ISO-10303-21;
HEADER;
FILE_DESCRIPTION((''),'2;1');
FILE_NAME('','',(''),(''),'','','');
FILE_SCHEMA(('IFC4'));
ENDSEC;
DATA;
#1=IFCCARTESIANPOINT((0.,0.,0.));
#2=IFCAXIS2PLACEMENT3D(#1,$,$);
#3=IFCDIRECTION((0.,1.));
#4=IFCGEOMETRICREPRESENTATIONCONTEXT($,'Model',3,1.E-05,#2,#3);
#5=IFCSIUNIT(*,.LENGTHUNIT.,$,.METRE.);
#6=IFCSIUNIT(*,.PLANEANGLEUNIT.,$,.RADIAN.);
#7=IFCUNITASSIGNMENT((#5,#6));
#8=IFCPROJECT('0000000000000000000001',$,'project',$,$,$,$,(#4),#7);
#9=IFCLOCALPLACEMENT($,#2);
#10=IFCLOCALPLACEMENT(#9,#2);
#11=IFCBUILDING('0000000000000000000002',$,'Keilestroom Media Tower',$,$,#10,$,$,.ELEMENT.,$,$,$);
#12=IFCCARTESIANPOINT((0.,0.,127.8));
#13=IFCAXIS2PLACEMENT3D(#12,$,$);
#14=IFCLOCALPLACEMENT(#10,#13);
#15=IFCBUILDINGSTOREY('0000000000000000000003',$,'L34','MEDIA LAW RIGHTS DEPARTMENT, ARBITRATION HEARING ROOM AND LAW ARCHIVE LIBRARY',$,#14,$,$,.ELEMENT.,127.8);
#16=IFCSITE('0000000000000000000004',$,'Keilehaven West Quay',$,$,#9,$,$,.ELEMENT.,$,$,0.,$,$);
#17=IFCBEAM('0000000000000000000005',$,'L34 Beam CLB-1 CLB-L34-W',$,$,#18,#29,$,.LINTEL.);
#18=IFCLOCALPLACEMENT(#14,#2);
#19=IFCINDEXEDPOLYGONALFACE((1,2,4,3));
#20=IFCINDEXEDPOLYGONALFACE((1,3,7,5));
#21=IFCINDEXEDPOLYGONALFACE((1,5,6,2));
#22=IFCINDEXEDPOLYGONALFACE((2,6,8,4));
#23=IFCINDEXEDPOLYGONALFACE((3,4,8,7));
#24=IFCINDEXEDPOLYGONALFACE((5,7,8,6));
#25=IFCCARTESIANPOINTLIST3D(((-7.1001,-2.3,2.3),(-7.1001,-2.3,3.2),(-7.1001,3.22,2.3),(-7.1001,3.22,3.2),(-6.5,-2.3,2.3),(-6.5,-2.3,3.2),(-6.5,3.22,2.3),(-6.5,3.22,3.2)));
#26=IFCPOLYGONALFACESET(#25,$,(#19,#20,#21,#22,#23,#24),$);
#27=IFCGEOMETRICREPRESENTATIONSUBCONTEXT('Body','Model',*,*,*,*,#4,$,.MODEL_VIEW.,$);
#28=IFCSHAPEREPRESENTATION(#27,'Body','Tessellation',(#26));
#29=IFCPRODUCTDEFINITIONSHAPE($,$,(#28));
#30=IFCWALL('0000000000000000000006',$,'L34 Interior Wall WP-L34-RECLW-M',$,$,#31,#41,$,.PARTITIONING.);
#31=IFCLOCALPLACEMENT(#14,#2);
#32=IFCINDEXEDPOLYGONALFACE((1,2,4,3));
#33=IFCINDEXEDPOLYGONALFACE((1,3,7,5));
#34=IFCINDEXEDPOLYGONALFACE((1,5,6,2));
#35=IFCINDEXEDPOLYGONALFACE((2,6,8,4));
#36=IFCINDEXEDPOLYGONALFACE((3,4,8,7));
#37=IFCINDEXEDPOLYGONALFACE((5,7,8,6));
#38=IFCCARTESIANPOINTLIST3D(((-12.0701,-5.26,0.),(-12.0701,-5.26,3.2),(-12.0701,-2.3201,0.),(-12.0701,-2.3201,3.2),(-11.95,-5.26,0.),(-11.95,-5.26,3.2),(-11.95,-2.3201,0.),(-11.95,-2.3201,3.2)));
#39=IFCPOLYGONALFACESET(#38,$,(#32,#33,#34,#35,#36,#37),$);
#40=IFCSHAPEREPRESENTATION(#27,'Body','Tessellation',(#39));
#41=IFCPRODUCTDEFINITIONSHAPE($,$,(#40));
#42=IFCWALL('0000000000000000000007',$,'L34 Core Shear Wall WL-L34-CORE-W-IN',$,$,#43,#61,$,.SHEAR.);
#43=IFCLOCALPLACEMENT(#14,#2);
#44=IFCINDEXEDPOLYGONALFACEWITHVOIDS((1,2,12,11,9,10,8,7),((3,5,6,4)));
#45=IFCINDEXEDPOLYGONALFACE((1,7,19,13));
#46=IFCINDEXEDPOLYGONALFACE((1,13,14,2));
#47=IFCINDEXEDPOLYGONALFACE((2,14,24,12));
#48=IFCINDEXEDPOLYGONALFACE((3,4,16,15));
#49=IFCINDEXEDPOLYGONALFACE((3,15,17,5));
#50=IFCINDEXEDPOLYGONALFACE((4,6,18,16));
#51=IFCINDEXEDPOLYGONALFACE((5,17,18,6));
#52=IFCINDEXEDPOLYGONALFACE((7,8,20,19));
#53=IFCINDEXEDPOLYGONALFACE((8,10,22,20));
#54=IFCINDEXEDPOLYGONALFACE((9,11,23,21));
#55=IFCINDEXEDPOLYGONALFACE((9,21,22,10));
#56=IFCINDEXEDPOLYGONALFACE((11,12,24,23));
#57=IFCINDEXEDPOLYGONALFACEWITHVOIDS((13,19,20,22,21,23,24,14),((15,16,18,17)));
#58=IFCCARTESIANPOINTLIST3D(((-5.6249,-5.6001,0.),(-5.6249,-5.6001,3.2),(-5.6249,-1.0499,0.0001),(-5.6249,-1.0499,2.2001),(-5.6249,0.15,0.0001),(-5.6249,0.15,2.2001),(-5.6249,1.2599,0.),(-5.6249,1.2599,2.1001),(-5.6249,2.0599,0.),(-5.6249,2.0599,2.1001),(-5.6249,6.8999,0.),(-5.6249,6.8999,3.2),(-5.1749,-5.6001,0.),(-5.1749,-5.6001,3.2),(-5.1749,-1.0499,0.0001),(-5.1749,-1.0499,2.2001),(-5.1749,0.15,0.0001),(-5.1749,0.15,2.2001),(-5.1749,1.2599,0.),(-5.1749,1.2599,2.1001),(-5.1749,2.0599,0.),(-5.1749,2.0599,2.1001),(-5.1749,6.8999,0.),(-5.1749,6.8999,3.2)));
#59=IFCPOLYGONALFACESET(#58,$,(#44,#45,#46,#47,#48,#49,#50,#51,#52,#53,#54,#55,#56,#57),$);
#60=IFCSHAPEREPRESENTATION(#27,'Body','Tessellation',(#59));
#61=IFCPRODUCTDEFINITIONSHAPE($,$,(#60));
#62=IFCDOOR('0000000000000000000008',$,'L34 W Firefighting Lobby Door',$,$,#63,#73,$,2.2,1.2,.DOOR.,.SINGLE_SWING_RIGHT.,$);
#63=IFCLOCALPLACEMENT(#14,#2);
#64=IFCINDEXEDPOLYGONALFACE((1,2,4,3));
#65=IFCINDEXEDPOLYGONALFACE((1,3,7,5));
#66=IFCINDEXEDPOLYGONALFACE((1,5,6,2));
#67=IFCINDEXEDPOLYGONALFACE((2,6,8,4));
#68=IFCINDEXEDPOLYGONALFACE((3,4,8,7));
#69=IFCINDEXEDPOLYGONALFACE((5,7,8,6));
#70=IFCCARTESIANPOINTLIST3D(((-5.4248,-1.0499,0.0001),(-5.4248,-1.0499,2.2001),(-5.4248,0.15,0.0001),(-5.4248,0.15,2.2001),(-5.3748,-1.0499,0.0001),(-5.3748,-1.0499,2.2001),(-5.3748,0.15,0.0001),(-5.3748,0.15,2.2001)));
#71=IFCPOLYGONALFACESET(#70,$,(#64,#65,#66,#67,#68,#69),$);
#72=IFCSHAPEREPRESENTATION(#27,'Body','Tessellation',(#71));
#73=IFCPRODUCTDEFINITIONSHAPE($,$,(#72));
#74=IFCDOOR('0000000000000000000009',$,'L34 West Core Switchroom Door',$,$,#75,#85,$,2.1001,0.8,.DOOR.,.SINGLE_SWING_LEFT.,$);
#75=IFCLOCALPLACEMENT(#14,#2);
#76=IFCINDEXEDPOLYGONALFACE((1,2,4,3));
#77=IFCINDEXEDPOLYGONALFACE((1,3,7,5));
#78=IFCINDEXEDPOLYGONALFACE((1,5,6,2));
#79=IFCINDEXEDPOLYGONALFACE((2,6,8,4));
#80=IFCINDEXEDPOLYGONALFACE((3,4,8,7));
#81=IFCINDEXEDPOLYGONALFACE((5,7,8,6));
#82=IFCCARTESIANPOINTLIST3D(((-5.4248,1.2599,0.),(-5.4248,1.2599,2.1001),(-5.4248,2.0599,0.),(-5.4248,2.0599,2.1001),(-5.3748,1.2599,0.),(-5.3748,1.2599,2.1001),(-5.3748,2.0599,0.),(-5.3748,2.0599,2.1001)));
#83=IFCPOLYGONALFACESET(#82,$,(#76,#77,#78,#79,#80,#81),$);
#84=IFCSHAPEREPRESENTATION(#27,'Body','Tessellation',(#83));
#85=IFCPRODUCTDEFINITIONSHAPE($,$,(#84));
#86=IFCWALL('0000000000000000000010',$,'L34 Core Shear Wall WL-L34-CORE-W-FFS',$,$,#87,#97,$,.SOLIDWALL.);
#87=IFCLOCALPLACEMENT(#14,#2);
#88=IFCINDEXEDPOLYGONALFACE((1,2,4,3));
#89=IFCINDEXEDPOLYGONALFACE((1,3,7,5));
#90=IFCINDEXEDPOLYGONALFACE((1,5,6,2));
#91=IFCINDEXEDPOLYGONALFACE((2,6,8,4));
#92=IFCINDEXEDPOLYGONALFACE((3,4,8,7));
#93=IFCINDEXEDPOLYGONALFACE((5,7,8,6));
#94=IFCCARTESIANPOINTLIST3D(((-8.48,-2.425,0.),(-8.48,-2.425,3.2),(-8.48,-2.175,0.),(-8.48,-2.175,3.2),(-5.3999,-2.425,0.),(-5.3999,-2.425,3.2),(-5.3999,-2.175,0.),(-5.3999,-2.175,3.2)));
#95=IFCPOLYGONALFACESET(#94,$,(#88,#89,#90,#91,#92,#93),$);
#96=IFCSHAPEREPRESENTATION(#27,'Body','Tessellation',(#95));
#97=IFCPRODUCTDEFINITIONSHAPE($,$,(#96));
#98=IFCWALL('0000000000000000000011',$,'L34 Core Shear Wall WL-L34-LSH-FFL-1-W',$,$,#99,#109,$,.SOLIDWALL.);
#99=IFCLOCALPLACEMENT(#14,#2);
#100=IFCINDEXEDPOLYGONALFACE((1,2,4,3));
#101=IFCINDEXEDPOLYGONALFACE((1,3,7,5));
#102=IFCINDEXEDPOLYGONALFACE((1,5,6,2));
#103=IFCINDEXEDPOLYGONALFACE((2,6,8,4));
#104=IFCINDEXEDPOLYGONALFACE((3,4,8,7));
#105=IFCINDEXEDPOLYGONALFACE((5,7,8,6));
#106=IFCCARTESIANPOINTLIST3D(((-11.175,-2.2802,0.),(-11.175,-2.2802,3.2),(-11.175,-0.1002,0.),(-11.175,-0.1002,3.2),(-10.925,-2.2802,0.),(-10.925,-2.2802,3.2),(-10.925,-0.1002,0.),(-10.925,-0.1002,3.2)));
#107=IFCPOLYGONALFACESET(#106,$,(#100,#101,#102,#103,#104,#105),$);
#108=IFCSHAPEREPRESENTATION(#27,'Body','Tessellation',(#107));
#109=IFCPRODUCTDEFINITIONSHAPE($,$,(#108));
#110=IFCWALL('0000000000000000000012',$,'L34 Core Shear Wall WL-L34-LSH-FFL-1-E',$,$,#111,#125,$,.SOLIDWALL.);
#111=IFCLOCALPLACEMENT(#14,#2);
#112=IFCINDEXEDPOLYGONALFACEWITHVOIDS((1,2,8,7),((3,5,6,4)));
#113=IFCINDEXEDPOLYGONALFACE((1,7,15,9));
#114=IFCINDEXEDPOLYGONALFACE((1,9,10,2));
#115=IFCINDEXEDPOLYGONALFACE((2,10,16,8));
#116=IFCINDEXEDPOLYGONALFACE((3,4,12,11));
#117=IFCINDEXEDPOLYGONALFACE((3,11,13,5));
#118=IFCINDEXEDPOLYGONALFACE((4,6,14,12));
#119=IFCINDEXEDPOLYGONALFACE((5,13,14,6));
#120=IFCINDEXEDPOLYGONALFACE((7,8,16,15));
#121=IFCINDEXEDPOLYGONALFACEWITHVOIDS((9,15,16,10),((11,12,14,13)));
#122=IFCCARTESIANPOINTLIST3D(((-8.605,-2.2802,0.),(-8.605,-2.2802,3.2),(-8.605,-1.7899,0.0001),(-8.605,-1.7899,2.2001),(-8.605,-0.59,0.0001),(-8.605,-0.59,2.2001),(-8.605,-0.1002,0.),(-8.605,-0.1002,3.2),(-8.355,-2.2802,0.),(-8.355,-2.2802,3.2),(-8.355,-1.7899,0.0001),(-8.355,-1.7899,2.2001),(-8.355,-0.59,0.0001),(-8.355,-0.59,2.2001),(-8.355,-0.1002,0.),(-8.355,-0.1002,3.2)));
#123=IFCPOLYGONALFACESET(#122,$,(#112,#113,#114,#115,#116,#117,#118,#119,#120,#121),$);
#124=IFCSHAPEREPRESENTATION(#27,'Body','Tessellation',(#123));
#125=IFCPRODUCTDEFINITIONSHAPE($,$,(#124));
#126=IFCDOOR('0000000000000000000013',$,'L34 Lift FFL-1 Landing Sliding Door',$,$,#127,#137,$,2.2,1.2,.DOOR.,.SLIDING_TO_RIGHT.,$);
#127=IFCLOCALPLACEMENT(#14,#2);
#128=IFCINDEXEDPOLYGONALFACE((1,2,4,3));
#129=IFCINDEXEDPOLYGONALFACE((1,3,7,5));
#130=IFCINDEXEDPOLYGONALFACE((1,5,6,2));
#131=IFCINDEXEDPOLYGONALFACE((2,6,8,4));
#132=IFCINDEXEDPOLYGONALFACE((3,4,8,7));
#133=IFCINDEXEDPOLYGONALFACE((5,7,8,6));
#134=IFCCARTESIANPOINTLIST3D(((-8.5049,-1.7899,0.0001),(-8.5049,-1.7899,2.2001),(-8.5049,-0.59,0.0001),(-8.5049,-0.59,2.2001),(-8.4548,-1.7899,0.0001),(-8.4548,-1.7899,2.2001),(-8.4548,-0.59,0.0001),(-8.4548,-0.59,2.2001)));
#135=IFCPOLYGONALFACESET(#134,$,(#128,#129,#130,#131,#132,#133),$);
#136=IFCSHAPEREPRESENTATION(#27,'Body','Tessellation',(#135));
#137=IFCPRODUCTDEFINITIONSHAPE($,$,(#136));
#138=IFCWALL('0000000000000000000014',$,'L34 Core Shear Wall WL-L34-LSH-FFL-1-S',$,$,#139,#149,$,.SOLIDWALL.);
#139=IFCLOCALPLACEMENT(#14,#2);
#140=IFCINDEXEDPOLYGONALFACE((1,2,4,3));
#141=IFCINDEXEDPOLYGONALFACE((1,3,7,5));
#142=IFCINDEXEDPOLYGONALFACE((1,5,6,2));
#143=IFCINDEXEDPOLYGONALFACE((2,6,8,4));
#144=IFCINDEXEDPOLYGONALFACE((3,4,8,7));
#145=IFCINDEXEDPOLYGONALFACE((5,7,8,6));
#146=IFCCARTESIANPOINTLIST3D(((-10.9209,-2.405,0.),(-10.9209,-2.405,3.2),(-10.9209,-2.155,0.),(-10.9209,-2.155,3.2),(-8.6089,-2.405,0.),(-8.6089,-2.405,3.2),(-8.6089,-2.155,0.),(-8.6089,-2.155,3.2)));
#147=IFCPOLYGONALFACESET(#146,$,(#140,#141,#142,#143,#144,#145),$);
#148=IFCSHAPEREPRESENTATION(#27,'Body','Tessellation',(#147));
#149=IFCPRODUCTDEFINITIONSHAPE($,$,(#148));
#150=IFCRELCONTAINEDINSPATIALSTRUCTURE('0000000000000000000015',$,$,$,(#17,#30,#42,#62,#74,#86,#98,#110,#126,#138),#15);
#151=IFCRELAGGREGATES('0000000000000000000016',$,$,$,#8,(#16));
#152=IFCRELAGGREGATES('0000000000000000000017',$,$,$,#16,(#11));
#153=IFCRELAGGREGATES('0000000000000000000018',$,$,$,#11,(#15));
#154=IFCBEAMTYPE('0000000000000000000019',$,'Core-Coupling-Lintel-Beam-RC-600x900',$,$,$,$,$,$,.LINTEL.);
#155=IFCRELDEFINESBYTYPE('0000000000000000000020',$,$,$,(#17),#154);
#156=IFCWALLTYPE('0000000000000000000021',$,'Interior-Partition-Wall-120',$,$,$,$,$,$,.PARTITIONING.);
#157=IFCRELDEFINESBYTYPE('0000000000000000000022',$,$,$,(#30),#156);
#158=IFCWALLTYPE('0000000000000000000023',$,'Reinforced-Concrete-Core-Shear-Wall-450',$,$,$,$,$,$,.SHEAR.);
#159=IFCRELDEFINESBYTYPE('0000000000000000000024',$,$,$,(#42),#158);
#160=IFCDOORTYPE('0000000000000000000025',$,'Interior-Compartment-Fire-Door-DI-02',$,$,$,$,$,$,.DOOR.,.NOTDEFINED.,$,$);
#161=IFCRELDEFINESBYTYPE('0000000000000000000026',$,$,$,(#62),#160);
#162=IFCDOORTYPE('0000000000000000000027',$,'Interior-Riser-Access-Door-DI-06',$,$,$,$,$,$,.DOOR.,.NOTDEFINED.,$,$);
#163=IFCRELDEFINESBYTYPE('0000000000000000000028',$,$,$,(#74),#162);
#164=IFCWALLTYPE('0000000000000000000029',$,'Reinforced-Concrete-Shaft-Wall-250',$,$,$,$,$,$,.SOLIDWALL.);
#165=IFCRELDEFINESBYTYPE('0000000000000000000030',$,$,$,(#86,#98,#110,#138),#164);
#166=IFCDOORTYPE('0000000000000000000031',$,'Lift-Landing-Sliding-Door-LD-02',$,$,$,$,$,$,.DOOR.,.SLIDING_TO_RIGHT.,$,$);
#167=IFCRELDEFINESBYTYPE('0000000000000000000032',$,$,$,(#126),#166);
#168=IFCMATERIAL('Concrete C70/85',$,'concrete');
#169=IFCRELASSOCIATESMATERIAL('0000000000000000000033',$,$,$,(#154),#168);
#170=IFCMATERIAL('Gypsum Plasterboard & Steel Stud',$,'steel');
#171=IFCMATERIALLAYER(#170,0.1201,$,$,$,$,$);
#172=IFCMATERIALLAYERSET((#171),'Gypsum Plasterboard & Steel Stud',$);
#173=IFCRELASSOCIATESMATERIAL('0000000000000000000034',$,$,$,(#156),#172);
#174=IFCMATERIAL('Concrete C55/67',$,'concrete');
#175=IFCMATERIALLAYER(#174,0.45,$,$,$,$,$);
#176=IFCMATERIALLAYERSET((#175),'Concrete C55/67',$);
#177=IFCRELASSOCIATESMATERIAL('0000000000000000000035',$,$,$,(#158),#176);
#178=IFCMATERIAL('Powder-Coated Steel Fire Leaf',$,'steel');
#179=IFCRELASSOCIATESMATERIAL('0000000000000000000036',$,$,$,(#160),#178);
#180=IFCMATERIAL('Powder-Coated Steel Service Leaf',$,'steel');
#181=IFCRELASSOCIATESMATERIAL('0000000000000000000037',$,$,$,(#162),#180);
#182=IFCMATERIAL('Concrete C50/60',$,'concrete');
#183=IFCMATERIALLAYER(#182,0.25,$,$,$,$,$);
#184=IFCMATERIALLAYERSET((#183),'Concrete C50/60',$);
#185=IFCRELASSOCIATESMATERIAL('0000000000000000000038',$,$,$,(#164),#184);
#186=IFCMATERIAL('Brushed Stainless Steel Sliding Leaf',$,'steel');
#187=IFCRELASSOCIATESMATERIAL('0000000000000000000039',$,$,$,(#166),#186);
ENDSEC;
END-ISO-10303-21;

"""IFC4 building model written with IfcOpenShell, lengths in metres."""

from ifc_helpers import new_model, si_unit, direction, frame, frame_2d, origin, origin_2d, place, context, subcontext, project, spatial, rectangle, extrude, source, transform, mapped, material, layer, layer_set, material_profile, profile_set, type_object, element, fill, save


model = new_model("IFC4")

# Units and contexts
model_context = context("Model", 3, precision=1e-05, world=origin(), true_north=direction((0.0, 1.0)))
body_context = subcontext(model_context, "Body", "Model", "MODEL_VIEW")
ifc_project = project(units=[si_unit("LENGTHUNIT", "METRE"), si_unit("PLANEANGLEUNIT", "RADIAN")], contexts=[model_context])

# Site, building, storey
site_placement = place(None, origin())
site = spatial("IfcSite", under=ifc_project, at=site_placement, Name="Keilehaven West Quay", CompositionType="ELEMENT", RefElevation=0.0)
building_placement = place(site_placement, origin())
building = spatial("IfcBuilding", under=site, at=building_placement, Name="Keilestroom Media Tower", CompositionType="ELEMENT")
storey_placement = place(building_placement, frame((0.0, 0.0, 127.8)))
storey = spatial("IfcBuildingStorey", under=building, at=storey_placement, Name="L34", Description="MEDIA LAW RIGHTS DEPARTMENT, ARBITRATION HEARING ROOM AND LAW ARCHIVE LIBRARY", CompositionType="ELEMENT", Elevation=127.8)

# Beam
ifc_material_1 = material(Name="Concrete C70/85", Category="concrete")
ifc_material_profile = material_profile(ifc_material_1, rectangle(XDim=0.6001, YDim=0.8999, at=origin_2d()), Name="RC 600x900")
ifc_profile_set = profile_set([ifc_material_profile], Name="Concrete C70/85")
beam_type = type_object("IfcBeamType", Name="Core-Coupling-Lintel-Beam-RC-600x900", PredefinedType="LINTEL", material=ifc_profile_set)
shared_shape_1 = source(origin(), body_context, "Body", "SweptSolid", [
    extrude(rectangle(XDim=0.6001, YDim=0.8999, at=origin_2d()), origin(), (0.0, 0.0, 1.0), 5.52),
])
beam_placement = place(storey_placement, frame((-6.8, -2.3, 2.75), z_axis=(0.0, 1.0, 0.0), x_axis=(-1.0, 0.0, 0.0)))
element("IfcBeam", 1, at=beam_placement, inside=storey, type_object=beam_type, Name="L34 Beam CLB-1 CLB-L34-W", PredefinedType="LINTEL", context=body_context, shape_type="MappedRepresentation", body=[
    mapped(shared_shape_1, transform((0.0, 0.0, 0.0), x_axis=(1.0, 0.0, 0.0), y_axis=(0.0, 1.0, 0.0), z_axis=(0.0, 0.0, 1.0), scale=1.0)),
])

# Wall
ifc_material_2 = material(Name="Gypsum Plasterboard & Steel Stud", Category="steel")
ifc_layer_1 = layer(ifc_material_2, 0.1201)
ifc_layer_set_1 = layer_set([ifc_layer_1], Name="Gypsum Plasterboard & Steel Stud")
wall_type_1 = type_object("IfcWallType", Name="Interior-Partition-Wall-120", PredefinedType="PARTITIONING", material=ifc_layer_set_1)
wall_1_placement = place(storey_placement, frame((-12.01, -5.26, 0.0), z_axis=(0.0, 0.0, 1.0), x_axis=(0.0, 1.0, 0.0)))
element("IfcWall", 2, at=wall_1_placement, inside=storey, type_object=wall_type_1, Name="L34 Interior Wall WP-L34-RECLW-M", PredefinedType="PARTITIONING", context=body_context, shape_type="SweptSolid", body=[
    extrude(rectangle(XDim=2.9399, YDim=0.1201, at=frame_2d((1.47, 0.0))), origin(), (0.0, 0.0, 1.0), 3.2),
])

# Wall, openings, doors
ifc_material_3 = material(Name="Concrete C55/67", Category="concrete")
ifc_layer_2 = layer(ifc_material_3, 0.45)
ifc_layer_set_2 = layer_set([ifc_layer_2], Name="Concrete C55/67")
wall_type_2 = type_object("IfcWallType", Name="Reinforced-Concrete-Core-Shear-Wall-450", PredefinedType="SHEAR", material=ifc_layer_set_2)
wall_2_placement = place(storey_placement, frame((-5.3999, -5.6001, 0.0), z_axis=(0.0, 0.0, 1.0), x_axis=(0.0, 1.0, 0.0)))
wall_2 = element("IfcWall", 3, at=wall_2_placement, inside=storey, type_object=wall_type_2, Name="L34 Core Shear Wall WL-L34-CORE-W-IN", PredefinedType="SHEAR", context=body_context, shape_type="SweptSolid", body=[
    extrude(rectangle(XDim=12.5, YDim=0.45, at=frame_2d((6.25, 0.0))), origin(), (0.0, 0.0, 1.0), 3.2),
])
opening_1_placement = place(wall_2_placement, frame((4.55, 0.0, 0.0)))
opening_1 = element("IfcOpeningElement", 4, at=opening_1_placement, cuts=wall_2, PredefinedType="OPENING", context=body_context, shape_type="SweptSolid", body=[
    extrude(rectangle(XDim=1.2, YDim=2.2, at=frame_2d((0.6001, 1.1001))), frame((0.0, 0.2349, 0.0), z_axis=(0.0, -1.0, 0.0), x_axis=(1.0, 0.0, 0.0)), (0.0, 0.0, 1.0), 0.47),
])
opening_2_placement = place(wall_2_placement, frame((6.8601, 0.0, 0.0)))
opening_2 = element("IfcOpeningElement", 5, at=opening_2_placement, cuts=wall_2, PredefinedType="OPENING", context=body_context, shape_type="SweptSolid", body=[
    extrude(rectangle(XDim=0.8, YDim=2.1001, at=frame_2d((0.3999, 1.05))), frame((0.0, 0.2349, 0.0), z_axis=(0.0, -1.0, 0.0), x_axis=(1.0, 0.0, 0.0)), (0.0, 0.0, 1.0), 0.47),
])
ifc_material_4 = material(Name="Powder-Coated Steel Fire Leaf", Category="steel")
door_type_1 = type_object("IfcDoorType", Name="Interior-Compartment-Fire-Door-DI-02", OperationType="NOTDEFINED", PredefinedType="DOOR", material=ifc_material_4)
shared_shape_2 = source(origin(), body_context, "Body", "SweptSolid", [
    extrude(rectangle(XDim=1.2, YDim=2.2, at=frame_2d((0.6001, 1.1001))), frame((0.0, 0.0249, 0.0), z_axis=(0.0, -1.0, 0.0), x_axis=(1.0, 0.0, 0.0)), (0.0, 0.0, 1.0), 0.05),
])
door_1_placement = place(opening_1_placement, origin())
door_1 = element("IfcDoor", 6, at=door_1_placement, inside=storey, type_object=door_type_1, Name="L34 W Firefighting Lobby Door", OperationType="SINGLE_SWING_RIGHT", OverallHeight=2.2, OverallWidth=1.2, PredefinedType="DOOR", context=body_context, shape_type="MappedRepresentation", body=[
    mapped(shared_shape_2, transform((0.0, 0.0, 0.0), x_axis=(1.0, 0.0, 0.0), y_axis=(0.0, 1.0, 0.0), z_axis=(0.0, 0.0, 1.0), scale=1.0)),
])
fill(opening_1, door_1)
ifc_material_5 = material(Name="Powder-Coated Steel Service Leaf", Category="steel")
door_type_2 = type_object("IfcDoorType", Name="Interior-Riser-Access-Door-DI-06", OperationType="NOTDEFINED", PredefinedType="DOOR", material=ifc_material_5)
shared_shape_3 = source(origin(), body_context, "Body", "SweptSolid", [
    extrude(rectangle(XDim=0.8, YDim=2.1001, at=frame_2d((0.3999, 1.05))), frame((0.0, 0.0249, 0.0), z_axis=(0.0, -1.0, 0.0), x_axis=(1.0, 0.0, 0.0)), (0.0, 0.0, 1.0), 0.05),
])
door_2_placement = place(opening_2_placement, origin())
door_2 = element("IfcDoor", 7, at=door_2_placement, inside=storey, type_object=door_type_2, Name="L34 West Core Switchroom Door", OperationType="SINGLE_SWING_LEFT", OverallHeight=2.1001, OverallWidth=0.8, PredefinedType="DOOR", context=body_context, shape_type="MappedRepresentation", body=[
    mapped(shared_shape_3, transform((0.0, 0.0, 0.0), x_axis=(1.0, 0.0, 0.0), y_axis=(0.0, 1.0, 0.0), z_axis=(0.0, 0.0, 1.0), scale=1.0)),
])
fill(opening_2, door_2)

# Walls
ifc_material_6 = material(Name="Concrete C50/60", Category="concrete")
ifc_layer_3 = layer(ifc_material_6, 0.25)
ifc_layer_set_3 = layer_set([ifc_layer_3], Name="Concrete C50/60")
wall_type_3 = type_object("IfcWallType", Name="Reinforced-Concrete-Shaft-Wall-250", PredefinedType="SOLIDWALL", material=ifc_layer_set_3)
wall_3_placement = place(storey_placement, frame((-8.48, -2.3, 0.0), z_axis=(0.0, 0.0, 1.0), x_axis=(1.0, 0.0, 0.0)))
element("IfcWall", 8, at=wall_3_placement, inside=storey, type_object=wall_type_3, Name="L34 Core Shear Wall WL-L34-CORE-W-FFS", PredefinedType="SOLIDWALL", context=body_context, shape_type="SweptSolid", body=[
    extrude(rectangle(XDim=3.0801, YDim=0.25, at=frame_2d((1.54, 0.0))), origin(), (0.0, 0.0, 1.0), 3.2),
])
wall_4_placement = place(storey_placement, frame((-11.05, -2.28, 0.0), z_axis=(0.0, 0.0, 1.0), x_axis=(0.0, 1.0, 0.0)))
element("IfcWall", 9, at=wall_4_placement, inside=storey, type_object=wall_type_3, Name="L34 Core Shear Wall WL-L34-LSH-FFL-1-W", PredefinedType="SOLIDWALL", context=body_context, shape_type="SweptSolid", body=[
    extrude(rectangle(XDim=2.1799, YDim=0.25, at=frame_2d((1.0898, 0.0))), origin(), (0.0, 0.0, 1.0), 3.2),
])

# Wall, opening, door
wall_5_placement = place(storey_placement, frame((-8.48, -2.28, 0.0), z_axis=(0.0, 0.0, 1.0), x_axis=(0.0, 1.0, 0.0)))
wall_5 = element("IfcWall", 10, at=wall_5_placement, inside=storey, type_object=wall_type_3, Name="L34 Core Shear Wall WL-L34-LSH-FFL-1-E", PredefinedType="SOLIDWALL", context=body_context, shape_type="SweptSolid", body=[
    extrude(rectangle(XDim=2.1799, YDim=0.25, at=frame_2d((1.0898, 0.0))), origin(), (0.0, 0.0, 1.0), 3.2),
])
opening_3_placement = place(wall_5_placement, frame((0.49, 0.0, 0.0)))
opening_3 = element("IfcOpeningElement", 11, at=opening_3_placement, cuts=wall_5, PredefinedType="OPENING", context=body_context, shape_type="SweptSolid", body=[
    extrude(rectangle(XDim=1.2, YDim=2.2, at=frame_2d((0.6001, 1.1001))), frame((0.0, 0.135, 0.0), z_axis=(0.0, -1.0, 0.0), x_axis=(1.0, 0.0, 0.0)), (0.0, 0.0, 1.0), 0.27),
])
ifc_material_7 = material(Name="Brushed Stainless Steel Sliding Leaf", Category="steel")
door_type_3 = type_object("IfcDoorType", Name="Lift-Landing-Sliding-Door-LD-02", OperationType="SLIDING_TO_RIGHT", PredefinedType="DOOR", material=ifc_material_7)
door_3_placement = place(opening_3_placement, origin())
door_3 = element("IfcDoor", 12, at=door_3_placement, inside=storey, type_object=door_type_3, Name="L34 Lift FFL-1 Landing Sliding Door", OperationType="SLIDING_TO_RIGHT", OverallHeight=2.2, OverallWidth=1.2, PredefinedType="DOOR", context=body_context, shape_type="MappedRepresentation", body=[
    mapped(shared_shape_2, transform((0.0, 0.0, 0.0), x_axis=(1.0, 0.0, 0.0), y_axis=(0.0, 1.0, 0.0), z_axis=(0.0, 0.0, 1.0), scale=1.0)),
])
fill(opening_3, door_3)

# Wall
wall_6_placement = place(storey_placement, frame((-10.9209, -2.28, 0.0), z_axis=(0.0, 0.0, 1.0), x_axis=(1.0, 0.0, 0.0)))
element("IfcWall", 13, at=wall_6_placement, inside=storey, type_object=wall_type_3, Name="L34 Core Shear Wall WL-L34-LSH-FFL-1-S", PredefinedType="SOLIDWALL", context=body_context, shape_type="SweptSolid", body=[
    extrude(rectangle(XDim=2.312, YDim=0.25, at=frame_2d((1.156, 0.0))), origin(), (0.0, 0.0, 1.0), 3.2),
])

save(model, "model.ifc")
